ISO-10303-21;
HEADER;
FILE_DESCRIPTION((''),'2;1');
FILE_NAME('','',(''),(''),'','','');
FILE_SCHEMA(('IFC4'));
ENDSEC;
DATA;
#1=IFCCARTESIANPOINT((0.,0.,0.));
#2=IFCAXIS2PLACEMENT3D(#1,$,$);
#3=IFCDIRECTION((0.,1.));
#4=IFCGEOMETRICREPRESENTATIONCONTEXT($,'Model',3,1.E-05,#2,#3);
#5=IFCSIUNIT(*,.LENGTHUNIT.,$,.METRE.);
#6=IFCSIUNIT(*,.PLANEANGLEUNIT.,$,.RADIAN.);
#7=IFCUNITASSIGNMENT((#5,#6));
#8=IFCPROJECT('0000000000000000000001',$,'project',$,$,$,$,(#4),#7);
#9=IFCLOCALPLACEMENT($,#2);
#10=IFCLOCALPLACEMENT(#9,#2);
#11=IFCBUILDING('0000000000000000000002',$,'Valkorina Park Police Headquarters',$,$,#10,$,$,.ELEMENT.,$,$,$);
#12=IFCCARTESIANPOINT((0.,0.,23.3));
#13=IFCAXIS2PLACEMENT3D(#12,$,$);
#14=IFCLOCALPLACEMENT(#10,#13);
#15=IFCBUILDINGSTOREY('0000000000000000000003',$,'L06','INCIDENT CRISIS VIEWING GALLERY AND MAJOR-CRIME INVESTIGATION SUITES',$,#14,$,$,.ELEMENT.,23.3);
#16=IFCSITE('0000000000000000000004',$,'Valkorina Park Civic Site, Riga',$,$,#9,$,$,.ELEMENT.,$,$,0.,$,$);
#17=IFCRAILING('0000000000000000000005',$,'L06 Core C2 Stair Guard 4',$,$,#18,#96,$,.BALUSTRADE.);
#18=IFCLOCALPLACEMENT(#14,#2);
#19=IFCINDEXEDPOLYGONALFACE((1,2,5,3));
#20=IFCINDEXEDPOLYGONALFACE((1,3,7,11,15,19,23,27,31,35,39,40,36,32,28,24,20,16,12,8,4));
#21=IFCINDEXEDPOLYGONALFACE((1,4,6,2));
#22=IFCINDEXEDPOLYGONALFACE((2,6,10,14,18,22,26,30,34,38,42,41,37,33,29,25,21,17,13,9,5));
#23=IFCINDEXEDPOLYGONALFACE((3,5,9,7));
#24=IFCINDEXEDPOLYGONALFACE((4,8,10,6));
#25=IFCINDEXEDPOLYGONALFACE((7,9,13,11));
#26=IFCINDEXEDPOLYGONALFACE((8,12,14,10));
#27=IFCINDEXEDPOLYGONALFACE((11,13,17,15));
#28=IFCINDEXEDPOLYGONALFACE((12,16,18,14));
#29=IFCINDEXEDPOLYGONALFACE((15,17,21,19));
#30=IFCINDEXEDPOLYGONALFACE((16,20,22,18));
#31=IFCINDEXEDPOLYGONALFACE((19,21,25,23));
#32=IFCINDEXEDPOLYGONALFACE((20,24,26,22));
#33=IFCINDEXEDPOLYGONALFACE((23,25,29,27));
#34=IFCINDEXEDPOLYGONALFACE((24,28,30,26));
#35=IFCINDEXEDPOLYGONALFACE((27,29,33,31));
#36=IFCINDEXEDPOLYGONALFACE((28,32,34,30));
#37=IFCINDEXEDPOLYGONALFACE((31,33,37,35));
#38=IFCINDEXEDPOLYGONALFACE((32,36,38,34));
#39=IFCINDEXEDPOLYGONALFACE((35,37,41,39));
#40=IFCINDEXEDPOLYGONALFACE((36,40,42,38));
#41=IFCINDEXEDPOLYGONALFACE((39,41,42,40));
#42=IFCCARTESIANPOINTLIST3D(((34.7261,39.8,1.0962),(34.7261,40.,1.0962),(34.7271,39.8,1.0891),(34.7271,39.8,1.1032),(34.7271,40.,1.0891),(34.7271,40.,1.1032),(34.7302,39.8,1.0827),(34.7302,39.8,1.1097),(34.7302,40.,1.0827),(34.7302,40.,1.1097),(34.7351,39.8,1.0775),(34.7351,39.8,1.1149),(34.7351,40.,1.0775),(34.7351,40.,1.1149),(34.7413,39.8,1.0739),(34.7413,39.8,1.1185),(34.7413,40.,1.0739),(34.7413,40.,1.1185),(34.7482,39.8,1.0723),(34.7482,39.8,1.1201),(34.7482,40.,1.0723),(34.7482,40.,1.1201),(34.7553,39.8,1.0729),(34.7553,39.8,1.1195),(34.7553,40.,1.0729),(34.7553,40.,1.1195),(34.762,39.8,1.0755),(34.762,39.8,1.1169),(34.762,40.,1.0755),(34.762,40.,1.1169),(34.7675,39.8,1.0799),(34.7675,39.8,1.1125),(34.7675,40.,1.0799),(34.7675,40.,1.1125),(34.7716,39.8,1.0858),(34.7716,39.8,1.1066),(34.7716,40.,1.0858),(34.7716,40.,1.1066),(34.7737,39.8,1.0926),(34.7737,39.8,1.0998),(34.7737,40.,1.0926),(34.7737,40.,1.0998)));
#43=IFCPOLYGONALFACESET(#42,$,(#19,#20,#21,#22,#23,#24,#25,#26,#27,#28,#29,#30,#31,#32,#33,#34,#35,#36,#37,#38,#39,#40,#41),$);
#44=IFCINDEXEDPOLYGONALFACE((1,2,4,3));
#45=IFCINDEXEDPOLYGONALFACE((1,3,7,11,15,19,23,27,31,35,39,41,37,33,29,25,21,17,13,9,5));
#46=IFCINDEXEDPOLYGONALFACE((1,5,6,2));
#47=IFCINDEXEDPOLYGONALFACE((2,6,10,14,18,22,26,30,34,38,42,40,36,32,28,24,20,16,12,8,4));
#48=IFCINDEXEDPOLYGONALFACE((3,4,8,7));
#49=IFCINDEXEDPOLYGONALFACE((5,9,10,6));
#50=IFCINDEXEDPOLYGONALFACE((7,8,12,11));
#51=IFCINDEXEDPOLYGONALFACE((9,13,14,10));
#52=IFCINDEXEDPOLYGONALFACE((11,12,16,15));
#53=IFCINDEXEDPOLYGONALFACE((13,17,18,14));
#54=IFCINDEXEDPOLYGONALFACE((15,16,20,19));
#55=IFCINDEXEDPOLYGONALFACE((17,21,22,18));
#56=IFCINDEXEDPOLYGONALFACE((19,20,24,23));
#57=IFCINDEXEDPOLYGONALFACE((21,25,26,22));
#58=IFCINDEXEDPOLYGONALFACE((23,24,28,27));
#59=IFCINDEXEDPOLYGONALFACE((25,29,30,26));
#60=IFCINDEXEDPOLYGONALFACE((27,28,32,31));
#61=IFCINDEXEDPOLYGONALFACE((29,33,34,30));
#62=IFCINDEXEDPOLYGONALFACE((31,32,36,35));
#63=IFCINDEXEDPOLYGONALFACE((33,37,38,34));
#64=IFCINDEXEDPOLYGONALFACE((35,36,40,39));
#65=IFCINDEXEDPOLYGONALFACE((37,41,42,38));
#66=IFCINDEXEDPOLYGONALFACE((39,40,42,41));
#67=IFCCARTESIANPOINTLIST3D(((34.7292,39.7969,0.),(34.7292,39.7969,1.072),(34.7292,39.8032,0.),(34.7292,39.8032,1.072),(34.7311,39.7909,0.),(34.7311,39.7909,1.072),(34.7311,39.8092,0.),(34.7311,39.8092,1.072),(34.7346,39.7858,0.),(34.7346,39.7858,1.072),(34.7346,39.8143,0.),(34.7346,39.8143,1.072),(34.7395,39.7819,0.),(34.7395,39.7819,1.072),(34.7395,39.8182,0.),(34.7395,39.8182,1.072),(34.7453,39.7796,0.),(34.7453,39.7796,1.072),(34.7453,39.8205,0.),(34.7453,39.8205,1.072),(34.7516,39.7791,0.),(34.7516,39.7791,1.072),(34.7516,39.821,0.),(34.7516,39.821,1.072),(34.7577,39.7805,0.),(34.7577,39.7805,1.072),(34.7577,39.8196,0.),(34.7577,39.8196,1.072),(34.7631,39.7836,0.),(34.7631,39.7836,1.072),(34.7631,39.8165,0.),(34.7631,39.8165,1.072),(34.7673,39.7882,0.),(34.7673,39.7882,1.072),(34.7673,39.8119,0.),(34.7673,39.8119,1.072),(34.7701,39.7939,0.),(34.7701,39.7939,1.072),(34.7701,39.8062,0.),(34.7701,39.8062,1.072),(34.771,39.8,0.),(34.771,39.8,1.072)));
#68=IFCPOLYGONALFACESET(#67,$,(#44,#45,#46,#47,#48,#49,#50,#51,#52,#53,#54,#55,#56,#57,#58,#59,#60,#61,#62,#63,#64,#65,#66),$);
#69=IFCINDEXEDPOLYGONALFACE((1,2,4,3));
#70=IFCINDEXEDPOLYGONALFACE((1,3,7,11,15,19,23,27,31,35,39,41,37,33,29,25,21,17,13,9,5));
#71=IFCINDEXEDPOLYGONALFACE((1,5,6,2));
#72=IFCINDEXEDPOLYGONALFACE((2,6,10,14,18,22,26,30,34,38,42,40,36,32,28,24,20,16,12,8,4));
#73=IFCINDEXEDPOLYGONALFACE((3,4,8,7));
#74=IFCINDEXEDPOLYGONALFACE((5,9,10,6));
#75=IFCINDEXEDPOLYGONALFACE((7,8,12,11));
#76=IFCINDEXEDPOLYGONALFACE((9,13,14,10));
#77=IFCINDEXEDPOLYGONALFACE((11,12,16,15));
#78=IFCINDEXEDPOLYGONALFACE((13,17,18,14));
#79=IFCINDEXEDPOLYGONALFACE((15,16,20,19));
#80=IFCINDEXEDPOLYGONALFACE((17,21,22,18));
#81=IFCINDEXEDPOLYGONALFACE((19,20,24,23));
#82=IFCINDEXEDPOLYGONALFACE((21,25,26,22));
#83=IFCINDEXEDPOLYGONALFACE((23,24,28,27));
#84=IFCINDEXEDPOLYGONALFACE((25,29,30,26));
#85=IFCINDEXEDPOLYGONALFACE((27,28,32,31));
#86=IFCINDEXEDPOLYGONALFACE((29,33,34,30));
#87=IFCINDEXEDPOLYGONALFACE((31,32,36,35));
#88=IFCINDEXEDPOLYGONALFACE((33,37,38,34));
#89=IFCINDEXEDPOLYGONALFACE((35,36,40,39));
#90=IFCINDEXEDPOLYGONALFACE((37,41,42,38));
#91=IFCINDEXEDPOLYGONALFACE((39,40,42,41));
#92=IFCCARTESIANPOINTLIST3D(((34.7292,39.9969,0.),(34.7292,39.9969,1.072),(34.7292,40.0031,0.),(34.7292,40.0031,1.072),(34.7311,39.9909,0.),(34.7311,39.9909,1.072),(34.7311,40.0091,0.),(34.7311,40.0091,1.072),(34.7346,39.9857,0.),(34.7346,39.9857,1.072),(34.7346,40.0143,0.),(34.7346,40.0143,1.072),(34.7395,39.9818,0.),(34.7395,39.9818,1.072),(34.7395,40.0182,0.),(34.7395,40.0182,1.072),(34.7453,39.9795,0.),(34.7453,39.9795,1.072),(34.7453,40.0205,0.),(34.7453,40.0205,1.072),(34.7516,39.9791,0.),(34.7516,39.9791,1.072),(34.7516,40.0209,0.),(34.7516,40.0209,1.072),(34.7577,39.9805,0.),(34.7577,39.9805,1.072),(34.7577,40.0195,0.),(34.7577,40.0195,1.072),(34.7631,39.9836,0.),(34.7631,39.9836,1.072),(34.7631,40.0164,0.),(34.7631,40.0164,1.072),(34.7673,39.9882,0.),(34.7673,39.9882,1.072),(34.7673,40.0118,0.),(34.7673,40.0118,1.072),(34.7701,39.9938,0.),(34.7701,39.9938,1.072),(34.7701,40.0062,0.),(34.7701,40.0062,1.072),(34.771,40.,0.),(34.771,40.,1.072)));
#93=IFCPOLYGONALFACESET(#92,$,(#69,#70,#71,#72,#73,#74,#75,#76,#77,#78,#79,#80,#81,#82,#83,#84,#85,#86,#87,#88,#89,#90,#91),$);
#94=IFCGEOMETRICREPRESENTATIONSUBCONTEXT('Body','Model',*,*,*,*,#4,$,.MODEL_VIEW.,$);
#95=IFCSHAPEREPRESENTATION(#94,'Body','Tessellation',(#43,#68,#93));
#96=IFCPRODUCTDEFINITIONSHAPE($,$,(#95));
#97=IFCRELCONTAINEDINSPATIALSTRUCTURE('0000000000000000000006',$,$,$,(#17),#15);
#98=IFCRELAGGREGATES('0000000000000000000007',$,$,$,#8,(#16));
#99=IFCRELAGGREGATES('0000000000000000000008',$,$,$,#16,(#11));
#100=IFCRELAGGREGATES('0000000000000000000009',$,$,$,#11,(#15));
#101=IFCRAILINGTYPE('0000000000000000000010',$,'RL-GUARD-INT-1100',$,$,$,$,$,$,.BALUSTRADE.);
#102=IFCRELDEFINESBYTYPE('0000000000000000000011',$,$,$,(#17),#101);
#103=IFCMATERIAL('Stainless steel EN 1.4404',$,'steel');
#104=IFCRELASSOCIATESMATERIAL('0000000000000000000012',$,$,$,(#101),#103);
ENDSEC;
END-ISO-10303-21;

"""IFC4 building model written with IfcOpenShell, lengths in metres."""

from ifc_helpers import new_model, si_unit, direction, frame, origin, origin_2d, place, context, subcontext, project, spatial, circle, extrude, material, type_object, element, save


model = new_model("IFC4")

# Units and contexts
model_context = context("Model", 3, precision=1e-05, world=origin(), true_north=direction((0.0, 1.0)))
body_context = subcontext(model_context, "Body", "Model", "MODEL_VIEW")
ifc_project = project(units=[si_unit("LENGTHUNIT", "METRE"), si_unit("PLANEANGLEUNIT", "RADIAN")], contexts=[model_context])

# Site, building, storey
site_placement = place(None, origin())
site = spatial("IfcSite", under=ifc_project, at=site_placement, Name="Valkorina Park Civic Site, Riga", CompositionType="ELEMENT", RefElevation=0.0)
building_placement = place(site_placement, origin())
building = spatial("IfcBuilding", under=site, at=building_placement, Name="Valkorina Park Police Headquarters", CompositionType="ELEMENT")
storey_placement = place(building_placement, frame((0.0, 0.0, 23.3)))
storey = spatial("IfcBuildingStorey", under=building, at=storey_placement, Name="L06", Description="INCIDENT CRISIS VIEWING GALLERY AND MAJOR-CRIME INVESTIGATION SUITES", CompositionType="ELEMENT", Elevation=23.3)

# Railing
ifc_material_1 = material(Name="Stainless steel EN 1.4404", Category="steel")
railing_type_1 = type_object("IfcRailingType", Name="RL-GUARD-INT-1100", PredefinedType="BALUSTRADE", material=ifc_material_1)
railing_1_placement = place(storey_placement, frame((34.75, 39.8, 0.0)))
element("IfcRailing", 1, at=railing_1_placement, inside=storey, type_object=railing_type_1, Name="L06 Core C2 Stair Guard 4", PredefinedType="BALUSTRADE", context=body_context, shape_type="SweptSolid", body=[
    extrude(circle(Radius=0.0239, at=origin_2d()), frame((0.0, 0.0, 1.0962), z_axis=(0.0, 1.0, 0.0), x_axis=(-1.0, 0.0, 0.0)), (0.0, 0.0, 1.0), 0.2),
    extrude(circle(Radius=0.021, at=origin_2d()), origin(), (0.0, 0.0, 1.0), 1.072),
    extrude(circle(Radius=0.021, at=origin_2d()), frame((0.0, 0.2, 0.0)), (0.0, 0.0, 1.0), 1.072),
])

save(model, "model.ifc")
